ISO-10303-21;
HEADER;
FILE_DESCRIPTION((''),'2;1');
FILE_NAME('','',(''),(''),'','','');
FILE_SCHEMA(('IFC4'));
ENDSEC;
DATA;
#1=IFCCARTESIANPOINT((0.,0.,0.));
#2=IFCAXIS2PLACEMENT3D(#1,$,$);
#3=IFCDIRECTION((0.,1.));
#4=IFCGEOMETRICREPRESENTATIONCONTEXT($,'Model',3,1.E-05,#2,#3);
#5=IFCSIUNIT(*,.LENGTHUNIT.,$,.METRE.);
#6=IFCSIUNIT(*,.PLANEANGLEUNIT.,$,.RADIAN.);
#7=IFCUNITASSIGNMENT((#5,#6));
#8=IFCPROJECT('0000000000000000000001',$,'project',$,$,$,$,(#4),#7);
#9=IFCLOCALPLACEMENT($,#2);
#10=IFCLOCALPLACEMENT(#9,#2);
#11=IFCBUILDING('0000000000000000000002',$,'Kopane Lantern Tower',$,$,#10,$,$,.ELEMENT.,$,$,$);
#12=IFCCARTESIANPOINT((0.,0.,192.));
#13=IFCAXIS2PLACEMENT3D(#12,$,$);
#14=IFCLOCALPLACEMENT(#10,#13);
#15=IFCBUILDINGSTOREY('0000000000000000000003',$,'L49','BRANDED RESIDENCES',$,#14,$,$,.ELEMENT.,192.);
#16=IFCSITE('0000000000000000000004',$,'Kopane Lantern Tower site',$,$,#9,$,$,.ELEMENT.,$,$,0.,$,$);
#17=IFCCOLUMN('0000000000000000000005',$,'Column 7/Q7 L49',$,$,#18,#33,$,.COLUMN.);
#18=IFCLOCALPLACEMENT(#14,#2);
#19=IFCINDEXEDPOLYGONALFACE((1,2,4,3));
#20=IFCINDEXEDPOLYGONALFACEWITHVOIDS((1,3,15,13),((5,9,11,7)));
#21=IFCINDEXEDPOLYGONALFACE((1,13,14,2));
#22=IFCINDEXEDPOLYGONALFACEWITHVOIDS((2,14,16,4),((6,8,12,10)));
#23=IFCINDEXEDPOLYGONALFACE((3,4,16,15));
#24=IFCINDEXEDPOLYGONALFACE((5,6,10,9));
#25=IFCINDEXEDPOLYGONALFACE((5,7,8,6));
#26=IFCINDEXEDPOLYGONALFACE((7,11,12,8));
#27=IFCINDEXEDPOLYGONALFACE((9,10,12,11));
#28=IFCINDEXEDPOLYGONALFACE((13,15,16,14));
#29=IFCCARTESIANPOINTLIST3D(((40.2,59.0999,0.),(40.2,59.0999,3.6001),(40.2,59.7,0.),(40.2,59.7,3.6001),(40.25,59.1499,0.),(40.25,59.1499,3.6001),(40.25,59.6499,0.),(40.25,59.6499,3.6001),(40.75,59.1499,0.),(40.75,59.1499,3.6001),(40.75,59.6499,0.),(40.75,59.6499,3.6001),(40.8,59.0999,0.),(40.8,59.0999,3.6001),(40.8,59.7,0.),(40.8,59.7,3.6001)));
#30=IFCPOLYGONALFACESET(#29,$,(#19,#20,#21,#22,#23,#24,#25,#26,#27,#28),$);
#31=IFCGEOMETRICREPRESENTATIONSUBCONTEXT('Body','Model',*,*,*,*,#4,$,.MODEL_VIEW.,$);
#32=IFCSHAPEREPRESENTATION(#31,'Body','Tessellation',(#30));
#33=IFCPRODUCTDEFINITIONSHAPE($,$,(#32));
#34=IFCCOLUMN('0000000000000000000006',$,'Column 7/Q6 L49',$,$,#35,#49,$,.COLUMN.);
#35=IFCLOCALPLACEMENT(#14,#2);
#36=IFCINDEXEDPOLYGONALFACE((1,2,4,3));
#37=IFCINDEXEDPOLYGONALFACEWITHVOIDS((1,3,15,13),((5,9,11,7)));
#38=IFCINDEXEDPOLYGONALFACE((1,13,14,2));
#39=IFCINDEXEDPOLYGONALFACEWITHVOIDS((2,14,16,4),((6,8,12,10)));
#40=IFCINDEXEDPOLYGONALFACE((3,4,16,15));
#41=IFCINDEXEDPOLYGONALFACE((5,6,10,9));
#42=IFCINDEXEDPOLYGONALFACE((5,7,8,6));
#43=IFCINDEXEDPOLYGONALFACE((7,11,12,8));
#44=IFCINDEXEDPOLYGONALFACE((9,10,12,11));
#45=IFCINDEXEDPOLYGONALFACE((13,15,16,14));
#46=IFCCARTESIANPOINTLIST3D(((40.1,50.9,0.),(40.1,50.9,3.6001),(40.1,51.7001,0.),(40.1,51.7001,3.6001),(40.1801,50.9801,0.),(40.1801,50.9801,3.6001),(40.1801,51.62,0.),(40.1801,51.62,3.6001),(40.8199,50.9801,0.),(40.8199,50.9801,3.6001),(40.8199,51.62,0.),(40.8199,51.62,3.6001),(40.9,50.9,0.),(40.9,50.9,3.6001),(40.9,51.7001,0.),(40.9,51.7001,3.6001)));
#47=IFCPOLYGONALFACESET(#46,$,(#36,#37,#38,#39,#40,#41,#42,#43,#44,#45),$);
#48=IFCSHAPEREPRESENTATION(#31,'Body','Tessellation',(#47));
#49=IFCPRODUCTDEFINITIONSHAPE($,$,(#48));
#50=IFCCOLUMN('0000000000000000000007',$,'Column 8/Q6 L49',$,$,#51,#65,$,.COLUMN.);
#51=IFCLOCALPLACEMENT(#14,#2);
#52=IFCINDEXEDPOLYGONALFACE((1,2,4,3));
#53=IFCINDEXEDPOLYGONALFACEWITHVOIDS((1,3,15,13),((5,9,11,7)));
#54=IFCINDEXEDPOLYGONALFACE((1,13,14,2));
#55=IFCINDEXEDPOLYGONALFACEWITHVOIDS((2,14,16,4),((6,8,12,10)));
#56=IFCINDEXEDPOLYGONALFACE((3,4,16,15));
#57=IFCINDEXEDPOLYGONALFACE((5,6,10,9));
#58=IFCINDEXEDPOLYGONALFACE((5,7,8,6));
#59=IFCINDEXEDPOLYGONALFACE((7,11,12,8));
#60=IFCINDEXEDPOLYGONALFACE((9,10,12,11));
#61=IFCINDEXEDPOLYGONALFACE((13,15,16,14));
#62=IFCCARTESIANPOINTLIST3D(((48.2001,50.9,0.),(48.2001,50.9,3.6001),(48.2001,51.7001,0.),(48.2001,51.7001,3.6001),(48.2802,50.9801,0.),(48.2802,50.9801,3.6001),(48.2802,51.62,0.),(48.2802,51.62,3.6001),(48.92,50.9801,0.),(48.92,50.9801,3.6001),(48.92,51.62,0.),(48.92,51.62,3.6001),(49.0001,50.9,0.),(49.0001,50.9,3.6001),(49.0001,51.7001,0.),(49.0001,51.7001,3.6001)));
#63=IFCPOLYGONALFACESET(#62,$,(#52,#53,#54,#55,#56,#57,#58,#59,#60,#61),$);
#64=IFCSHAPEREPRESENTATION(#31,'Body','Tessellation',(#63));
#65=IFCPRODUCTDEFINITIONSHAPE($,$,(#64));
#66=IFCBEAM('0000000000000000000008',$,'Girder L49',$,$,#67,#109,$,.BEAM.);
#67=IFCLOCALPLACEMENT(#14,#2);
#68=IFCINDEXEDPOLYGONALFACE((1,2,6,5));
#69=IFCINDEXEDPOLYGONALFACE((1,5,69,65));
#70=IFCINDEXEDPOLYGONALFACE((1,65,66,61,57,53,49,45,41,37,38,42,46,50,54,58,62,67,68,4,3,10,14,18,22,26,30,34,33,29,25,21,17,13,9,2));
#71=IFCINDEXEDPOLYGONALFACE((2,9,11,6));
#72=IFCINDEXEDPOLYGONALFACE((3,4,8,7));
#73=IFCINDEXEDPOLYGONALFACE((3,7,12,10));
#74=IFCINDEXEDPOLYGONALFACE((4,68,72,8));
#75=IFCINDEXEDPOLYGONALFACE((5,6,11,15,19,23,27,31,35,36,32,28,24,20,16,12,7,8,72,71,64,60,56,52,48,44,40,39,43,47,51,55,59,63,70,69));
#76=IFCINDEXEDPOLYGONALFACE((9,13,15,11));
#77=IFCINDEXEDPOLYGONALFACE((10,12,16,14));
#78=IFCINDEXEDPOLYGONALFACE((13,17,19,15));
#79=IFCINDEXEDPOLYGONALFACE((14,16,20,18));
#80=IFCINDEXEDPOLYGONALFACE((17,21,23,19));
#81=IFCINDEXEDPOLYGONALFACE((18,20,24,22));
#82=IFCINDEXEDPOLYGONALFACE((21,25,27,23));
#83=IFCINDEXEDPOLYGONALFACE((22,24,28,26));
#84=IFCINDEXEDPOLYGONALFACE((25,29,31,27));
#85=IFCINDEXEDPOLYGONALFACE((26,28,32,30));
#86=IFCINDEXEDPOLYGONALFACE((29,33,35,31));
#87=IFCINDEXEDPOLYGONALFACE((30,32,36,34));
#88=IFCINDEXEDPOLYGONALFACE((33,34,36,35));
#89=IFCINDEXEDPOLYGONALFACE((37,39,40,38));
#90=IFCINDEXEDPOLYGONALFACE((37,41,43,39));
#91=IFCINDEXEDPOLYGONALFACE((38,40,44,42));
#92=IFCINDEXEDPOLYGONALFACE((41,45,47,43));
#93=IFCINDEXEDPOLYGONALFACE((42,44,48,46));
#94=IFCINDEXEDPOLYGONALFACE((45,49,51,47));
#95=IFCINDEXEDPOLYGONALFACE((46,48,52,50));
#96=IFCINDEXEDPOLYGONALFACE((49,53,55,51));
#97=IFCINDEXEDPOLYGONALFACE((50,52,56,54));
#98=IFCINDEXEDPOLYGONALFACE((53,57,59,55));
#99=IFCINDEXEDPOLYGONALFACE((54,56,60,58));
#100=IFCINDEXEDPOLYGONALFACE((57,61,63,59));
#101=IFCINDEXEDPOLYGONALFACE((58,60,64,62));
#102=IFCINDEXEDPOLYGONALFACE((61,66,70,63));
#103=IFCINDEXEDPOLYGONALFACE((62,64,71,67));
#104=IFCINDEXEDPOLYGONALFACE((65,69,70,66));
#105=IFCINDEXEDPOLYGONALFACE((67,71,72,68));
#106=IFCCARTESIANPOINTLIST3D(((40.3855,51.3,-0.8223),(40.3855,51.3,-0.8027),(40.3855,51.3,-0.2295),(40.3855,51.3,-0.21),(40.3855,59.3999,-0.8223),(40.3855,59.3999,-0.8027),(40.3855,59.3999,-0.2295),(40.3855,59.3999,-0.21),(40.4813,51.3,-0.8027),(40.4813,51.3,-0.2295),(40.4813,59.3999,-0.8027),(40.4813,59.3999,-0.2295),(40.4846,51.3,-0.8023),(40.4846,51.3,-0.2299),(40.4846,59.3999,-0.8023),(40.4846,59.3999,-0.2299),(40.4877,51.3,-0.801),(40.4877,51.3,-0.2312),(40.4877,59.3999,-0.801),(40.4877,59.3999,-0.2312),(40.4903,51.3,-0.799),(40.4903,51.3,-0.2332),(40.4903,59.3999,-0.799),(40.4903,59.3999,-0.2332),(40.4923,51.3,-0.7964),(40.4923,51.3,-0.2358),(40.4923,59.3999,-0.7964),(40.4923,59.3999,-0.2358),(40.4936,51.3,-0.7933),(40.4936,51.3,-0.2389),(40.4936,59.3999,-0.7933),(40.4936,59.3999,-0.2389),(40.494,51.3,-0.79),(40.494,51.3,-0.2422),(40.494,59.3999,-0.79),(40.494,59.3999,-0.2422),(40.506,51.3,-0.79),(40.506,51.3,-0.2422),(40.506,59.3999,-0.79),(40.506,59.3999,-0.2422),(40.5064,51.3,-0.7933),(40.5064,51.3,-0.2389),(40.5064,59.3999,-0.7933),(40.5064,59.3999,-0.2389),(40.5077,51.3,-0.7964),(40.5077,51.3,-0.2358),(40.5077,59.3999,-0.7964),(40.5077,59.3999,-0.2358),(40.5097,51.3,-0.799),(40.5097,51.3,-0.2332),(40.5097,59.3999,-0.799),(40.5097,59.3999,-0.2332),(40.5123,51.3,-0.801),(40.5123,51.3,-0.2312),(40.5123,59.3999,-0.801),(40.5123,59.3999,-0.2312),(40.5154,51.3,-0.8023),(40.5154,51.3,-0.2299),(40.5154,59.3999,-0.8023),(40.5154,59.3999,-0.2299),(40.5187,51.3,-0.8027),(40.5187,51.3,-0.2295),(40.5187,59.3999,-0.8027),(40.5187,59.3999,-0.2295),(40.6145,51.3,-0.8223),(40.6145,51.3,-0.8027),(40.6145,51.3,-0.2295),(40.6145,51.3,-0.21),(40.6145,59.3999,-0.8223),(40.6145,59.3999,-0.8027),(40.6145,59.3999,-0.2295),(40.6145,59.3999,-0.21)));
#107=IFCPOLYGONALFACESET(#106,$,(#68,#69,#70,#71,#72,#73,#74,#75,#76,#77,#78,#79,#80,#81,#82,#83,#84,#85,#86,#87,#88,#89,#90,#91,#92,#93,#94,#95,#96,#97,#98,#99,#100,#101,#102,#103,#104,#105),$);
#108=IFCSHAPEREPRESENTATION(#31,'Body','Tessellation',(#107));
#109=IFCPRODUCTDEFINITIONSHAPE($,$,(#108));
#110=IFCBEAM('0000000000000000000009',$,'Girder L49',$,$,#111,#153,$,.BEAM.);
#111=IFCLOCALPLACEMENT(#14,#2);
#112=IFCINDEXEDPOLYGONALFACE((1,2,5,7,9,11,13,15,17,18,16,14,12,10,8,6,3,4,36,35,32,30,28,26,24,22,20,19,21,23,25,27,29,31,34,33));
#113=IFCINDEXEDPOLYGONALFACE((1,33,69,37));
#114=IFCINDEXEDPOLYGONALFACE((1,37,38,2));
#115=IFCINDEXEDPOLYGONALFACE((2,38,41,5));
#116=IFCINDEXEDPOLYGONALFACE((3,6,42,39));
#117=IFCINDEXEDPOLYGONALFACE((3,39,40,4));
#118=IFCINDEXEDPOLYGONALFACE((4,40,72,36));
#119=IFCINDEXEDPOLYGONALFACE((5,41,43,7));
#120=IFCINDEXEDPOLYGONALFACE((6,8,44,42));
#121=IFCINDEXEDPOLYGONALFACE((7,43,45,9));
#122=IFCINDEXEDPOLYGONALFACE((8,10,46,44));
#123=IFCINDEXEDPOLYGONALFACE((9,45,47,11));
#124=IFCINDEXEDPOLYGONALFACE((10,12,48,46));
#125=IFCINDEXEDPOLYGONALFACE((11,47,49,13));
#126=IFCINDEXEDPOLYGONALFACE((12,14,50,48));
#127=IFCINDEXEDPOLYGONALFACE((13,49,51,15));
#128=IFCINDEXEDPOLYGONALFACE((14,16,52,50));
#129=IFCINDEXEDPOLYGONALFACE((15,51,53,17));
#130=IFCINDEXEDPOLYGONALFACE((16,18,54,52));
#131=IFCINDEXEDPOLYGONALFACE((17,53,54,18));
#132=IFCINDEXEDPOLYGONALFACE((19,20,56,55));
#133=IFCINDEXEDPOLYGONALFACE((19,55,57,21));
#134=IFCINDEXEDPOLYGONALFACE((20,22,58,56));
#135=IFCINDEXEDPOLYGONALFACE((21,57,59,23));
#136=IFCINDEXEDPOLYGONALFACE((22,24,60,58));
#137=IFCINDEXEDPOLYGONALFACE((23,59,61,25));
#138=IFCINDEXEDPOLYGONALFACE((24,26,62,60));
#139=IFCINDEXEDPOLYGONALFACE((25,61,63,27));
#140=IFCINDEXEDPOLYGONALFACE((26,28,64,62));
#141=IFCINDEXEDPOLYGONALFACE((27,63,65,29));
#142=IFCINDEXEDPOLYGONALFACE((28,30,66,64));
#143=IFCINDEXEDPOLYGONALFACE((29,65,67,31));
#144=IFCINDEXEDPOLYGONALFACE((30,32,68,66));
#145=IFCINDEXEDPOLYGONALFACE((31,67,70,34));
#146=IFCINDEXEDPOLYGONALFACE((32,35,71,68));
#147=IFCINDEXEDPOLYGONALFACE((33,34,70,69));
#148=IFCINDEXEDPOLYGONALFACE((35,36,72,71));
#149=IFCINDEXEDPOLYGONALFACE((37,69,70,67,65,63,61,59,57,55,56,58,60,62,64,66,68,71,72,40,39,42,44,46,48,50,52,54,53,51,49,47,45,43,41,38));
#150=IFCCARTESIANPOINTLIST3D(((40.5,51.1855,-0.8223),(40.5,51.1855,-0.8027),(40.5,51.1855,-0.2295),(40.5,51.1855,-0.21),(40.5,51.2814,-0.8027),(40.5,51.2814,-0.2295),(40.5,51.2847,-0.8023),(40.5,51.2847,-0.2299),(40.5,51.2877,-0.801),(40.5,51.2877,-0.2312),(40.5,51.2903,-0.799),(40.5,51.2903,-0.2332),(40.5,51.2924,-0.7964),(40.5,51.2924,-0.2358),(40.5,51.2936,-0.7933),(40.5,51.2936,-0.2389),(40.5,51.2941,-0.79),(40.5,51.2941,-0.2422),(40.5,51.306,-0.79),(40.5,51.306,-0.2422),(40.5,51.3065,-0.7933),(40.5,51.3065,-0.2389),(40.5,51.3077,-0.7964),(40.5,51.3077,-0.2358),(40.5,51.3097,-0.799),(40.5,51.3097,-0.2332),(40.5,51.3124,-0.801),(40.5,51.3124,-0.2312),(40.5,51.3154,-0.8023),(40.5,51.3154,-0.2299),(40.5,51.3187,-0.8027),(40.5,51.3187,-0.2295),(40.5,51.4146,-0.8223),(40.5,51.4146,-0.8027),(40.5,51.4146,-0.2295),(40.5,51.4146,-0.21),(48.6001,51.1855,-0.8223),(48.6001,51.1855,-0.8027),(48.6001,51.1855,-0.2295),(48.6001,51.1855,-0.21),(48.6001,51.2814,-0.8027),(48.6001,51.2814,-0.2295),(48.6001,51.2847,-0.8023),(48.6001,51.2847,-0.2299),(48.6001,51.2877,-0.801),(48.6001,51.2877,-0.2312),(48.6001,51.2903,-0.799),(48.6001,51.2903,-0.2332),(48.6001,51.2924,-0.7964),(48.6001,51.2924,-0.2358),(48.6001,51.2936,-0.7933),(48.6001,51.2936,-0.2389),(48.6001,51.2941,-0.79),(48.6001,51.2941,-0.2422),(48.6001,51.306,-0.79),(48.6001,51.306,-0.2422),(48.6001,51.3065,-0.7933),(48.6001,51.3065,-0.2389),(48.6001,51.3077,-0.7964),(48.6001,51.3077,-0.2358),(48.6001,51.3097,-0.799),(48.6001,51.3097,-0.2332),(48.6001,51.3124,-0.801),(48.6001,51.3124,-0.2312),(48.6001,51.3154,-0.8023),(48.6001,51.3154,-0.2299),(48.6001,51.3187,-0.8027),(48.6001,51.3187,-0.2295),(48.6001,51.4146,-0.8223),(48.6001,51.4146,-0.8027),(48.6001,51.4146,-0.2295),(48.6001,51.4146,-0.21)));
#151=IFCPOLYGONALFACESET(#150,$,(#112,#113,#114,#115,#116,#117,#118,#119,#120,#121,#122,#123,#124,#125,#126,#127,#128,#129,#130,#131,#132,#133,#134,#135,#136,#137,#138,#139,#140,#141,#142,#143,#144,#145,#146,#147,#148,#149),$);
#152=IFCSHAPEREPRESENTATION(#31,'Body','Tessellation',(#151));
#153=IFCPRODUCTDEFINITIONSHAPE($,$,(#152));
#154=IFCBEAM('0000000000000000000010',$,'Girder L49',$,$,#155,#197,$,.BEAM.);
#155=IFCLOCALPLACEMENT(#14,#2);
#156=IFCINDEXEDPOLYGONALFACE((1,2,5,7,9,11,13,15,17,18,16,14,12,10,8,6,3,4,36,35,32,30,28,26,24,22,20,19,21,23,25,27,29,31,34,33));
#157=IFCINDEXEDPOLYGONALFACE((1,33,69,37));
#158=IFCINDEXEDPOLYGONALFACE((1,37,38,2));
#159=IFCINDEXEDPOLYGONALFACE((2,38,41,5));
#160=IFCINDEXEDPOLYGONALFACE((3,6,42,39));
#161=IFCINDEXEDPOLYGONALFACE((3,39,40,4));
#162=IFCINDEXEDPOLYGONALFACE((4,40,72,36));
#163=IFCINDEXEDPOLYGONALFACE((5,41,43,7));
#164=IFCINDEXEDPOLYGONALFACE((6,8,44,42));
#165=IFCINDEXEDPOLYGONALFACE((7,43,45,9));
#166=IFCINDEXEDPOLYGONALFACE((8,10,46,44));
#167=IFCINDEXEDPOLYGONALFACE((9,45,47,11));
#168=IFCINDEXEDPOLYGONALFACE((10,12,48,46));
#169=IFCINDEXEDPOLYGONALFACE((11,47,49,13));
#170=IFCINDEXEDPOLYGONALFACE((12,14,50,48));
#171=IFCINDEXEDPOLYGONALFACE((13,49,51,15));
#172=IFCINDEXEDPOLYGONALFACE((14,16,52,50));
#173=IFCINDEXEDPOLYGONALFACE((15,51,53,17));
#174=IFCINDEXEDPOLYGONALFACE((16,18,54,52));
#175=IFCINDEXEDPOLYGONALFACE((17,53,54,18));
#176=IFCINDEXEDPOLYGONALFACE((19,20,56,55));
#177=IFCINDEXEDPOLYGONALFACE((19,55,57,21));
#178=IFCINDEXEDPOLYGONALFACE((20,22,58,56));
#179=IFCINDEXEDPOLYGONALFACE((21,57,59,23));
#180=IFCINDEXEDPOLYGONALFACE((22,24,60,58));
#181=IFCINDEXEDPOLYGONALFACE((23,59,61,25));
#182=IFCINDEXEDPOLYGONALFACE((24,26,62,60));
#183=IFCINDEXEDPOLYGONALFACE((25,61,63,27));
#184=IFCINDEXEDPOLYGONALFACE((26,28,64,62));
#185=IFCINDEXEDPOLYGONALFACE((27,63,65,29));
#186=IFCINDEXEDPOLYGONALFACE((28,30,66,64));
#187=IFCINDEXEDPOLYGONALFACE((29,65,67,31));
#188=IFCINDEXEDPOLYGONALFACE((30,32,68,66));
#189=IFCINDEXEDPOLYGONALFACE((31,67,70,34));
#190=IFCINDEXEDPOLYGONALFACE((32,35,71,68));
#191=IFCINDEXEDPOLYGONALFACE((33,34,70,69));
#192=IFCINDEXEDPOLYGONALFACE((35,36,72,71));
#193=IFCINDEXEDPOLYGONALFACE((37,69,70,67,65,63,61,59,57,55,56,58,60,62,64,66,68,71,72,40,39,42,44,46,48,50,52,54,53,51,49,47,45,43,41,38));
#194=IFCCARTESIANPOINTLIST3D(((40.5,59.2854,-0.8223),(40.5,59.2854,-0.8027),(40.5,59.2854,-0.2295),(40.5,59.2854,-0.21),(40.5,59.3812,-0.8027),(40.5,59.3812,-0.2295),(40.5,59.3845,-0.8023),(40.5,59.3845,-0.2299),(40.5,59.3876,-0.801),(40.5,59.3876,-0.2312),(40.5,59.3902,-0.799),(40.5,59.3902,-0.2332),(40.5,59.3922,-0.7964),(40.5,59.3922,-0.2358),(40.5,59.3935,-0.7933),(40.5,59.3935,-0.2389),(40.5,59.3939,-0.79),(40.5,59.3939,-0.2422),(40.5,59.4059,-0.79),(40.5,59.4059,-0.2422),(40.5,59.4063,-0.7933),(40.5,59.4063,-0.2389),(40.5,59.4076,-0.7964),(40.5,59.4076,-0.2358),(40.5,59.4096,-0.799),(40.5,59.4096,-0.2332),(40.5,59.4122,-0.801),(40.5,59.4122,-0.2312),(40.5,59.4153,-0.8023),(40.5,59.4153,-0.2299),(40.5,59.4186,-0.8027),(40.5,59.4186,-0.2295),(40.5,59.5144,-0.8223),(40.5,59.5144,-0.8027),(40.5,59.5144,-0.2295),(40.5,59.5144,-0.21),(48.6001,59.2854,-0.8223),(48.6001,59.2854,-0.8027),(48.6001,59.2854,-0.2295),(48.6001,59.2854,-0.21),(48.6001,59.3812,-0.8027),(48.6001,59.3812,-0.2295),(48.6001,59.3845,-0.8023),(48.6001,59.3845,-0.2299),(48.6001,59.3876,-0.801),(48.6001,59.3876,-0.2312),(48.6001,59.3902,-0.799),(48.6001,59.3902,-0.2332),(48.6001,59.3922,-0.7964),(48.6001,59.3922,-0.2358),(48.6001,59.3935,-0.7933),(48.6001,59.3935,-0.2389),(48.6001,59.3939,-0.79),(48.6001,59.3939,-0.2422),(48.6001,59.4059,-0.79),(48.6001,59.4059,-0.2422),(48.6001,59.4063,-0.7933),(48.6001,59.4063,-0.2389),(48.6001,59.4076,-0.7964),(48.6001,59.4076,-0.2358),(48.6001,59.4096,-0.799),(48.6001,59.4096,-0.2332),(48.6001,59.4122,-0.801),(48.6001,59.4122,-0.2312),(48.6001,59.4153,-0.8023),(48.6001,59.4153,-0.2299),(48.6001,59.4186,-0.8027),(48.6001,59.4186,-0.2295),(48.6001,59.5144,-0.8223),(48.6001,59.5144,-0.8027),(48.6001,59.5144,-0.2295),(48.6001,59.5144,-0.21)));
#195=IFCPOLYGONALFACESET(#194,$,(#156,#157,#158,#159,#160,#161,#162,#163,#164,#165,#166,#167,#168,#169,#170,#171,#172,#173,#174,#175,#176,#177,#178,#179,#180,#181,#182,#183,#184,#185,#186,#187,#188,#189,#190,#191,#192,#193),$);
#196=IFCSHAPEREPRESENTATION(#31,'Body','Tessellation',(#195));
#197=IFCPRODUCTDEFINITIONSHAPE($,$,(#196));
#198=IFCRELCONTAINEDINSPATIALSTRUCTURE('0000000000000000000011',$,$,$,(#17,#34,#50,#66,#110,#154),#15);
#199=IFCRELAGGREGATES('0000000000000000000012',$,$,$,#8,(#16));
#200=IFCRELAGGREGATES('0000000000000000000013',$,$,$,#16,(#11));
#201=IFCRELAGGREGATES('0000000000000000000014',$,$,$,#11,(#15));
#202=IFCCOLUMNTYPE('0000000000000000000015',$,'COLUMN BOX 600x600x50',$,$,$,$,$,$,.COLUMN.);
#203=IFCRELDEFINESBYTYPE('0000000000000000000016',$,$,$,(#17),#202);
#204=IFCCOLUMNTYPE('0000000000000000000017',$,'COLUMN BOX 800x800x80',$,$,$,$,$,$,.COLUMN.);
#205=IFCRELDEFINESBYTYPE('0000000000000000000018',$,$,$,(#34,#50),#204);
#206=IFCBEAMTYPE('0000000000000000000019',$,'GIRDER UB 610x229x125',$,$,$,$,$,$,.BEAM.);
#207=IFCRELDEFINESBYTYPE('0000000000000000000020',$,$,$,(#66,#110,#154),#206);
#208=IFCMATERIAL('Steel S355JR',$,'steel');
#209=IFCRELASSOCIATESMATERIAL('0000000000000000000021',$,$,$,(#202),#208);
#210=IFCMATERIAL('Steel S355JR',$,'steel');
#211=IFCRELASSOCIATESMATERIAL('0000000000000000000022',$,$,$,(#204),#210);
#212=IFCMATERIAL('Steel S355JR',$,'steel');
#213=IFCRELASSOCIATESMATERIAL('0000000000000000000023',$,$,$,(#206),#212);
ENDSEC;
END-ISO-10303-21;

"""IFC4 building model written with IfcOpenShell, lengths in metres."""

from ifc_helpers import new_model, si_unit, direction, frame, origin, origin_2d, place, context, subcontext, project, spatial, hollow_rectangle, i_section, extrude, material, material_profile, profile_set, type_object, element, save


model = new_model("IFC4")

# Units and contexts
model_context = context("Model", 3, precision=1e-05, world=origin(), true_north=direction((0.0, 1.0)))
body_context = subcontext(model_context, "Body", "Model", "MODEL_VIEW")
ifc_project = project(units=[si_unit("LENGTHUNIT", "METRE"), si_unit("PLANEANGLEUNIT", "RADIAN")], contexts=[model_context])

# Site, building, storey
site_placement = place(None, origin())
site = spatial("IfcSite", under=ifc_project, at=site_placement, Name="Kopane Lantern Tower site", CompositionType="ELEMENT", RefElevation=0.0)
building_placement = place(site_placement, origin())
building = spatial("IfcBuilding", under=site, at=building_placement, Name="Kopane Lantern Tower", CompositionType="ELEMENT")
storey_placement = place(building_placement, frame((0.0, 0.0, 192.0)))
storey = spatial("IfcBuildingStorey", under=building, at=storey_placement, Name="L49", Description="BRANDED RESIDENCES", CompositionType="ELEMENT", Elevation=192.0)

# Columns
ifc_material_1 = material(Name="Steel S355JR", Category="steel")
ifc_material_profile_1 = material_profile(ifc_material_1, hollow_rectangle(XDim=0.6001, YDim=0.6001, WallThickness=0.05, at=origin_2d()), Name="BOX 600x600x50")
ifc_profile_set_1 = profile_set([ifc_material_profile_1], Name="Steel S355JR")
column_type_1 = type_object("IfcColumnType", Name="COLUMN BOX 600x600x50", PredefinedType="COLUMN", material=ifc_profile_set_1)
column_placement = place(storey_placement, frame((40.5, 59.3999, 0.0), z_axis=(0.0, 0.0, 1.0), x_axis=(1.0, 0.0, 0.0)))
element("IfcColumn", 1, at=column_placement, inside=storey, type_object=column_type_1, Name="Column 7/Q7 L49", PredefinedType="COLUMN", context=body_context, shape_type="SweptSolid", body=[
    extrude(hollow_rectangle(XDim=0.6001, YDim=0.6001, WallThickness=0.05, at=origin_2d()), origin(), (0.0, 0.0, 1.0), 3.6001),
])
ifc_material_2 = material(Name="Steel S355JR", Category="steel")
ifc_material_profile_2 = material_profile(ifc_material_2, hollow_rectangle(XDim=0.8, YDim=0.8, WallThickness=0.0801, at=origin_2d()), Name="BOX 800x800x80")
ifc_profile_set_2 = profile_set([ifc_material_profile_2], Name="Steel S355JR")
column_type_2 = type_object("IfcColumnType", Name="COLUMN BOX 800x800x80", PredefinedType="COLUMN", material=ifc_profile_set_2)
for number, where, z_axis, x_axis, name in (
    (2, (40.5, 51.3, 0.0), (0.0, 0.0, 1.0), (1.0, 0.0, 0.0), "Column 7/Q6 L49"),
    (3, (48.6001, 51.3, 0.0), (0.0, 0.0, 1.0), (1.0, 0.0, 0.0), "Column 8/Q6 L49"),
):
    element("IfcColumn", number, at=place(storey_placement, frame(where, z_axis=z_axis, x_axis=x_axis)), inside=storey, type_object=column_type_2, Name=name, PredefinedType="COLUMN", context=body_context, shape_type="SweptSolid", body=[
        extrude(hollow_rectangle(XDim=0.8, YDim=0.8, WallThickness=0.0801, at=origin_2d()), origin(), (0.0, 0.0, 1.0), 3.6001),
    ])

# Beams
ifc_material_3 = material(Name="Steel S355JR", Category="steel")
ifc_material_profile_3 = material_profile(ifc_material_3, i_section(OverallWidth=0.229, OverallDepth=0.6123, WebThickness=0.012, FlangeThickness=0.0195, FilletRadius=0.0127, at=origin_2d()), Name="UB 610x229x125")
ifc_profile_set_3 = profile_set([ifc_material_profile_3], Name="Steel S355JR")
beam_type = type_object("IfcBeamType", Name="GIRDER UB 610x229x125", PredefinedType="BEAM", material=ifc_profile_set_3)
beam_placement = place(storey_placement, frame((40.5, 51.3, -0.5161), z_axis=(0.0, 1.0, 0.0), x_axis=(-1.0, 0.0, 0.0)))
element("IfcBeam", 4, at=beam_placement, inside=storey, type_object=beam_type, Name="Girder L49", PredefinedType="BEAM", context=body_context, shape_type="SweptSolid", body=[
    extrude(i_section(OverallWidth=0.229, OverallDepth=0.6123, WebThickness=0.012, FlangeThickness=0.0195, FilletRadius=0.0127, at=origin_2d()), origin(), (0.0, 0.0, 1.0), 8.0999),
])
for number, where, z_axis, x_axis, name in (
    (5, (40.5, 51.3, -0.5161), (1.0, 0.0, 0.0), (0.0, 1.0, 0.0), "Girder L49"),
    (6, (40.5, 59.3999, -0.5161), (1.0, 0.0, 0.0), (0.0, 1.0, 0.0), "Girder L49"),
):
    element("IfcBeam", number, at=place(storey_placement, frame(where, z_axis=z_axis, x_axis=x_axis)), inside=storey, type_object=beam_type, Name=name, PredefinedType="BEAM", context=body_context, shape_type="SweptSolid", body=[
        extrude(i_section(OverallWidth=0.229, OverallDepth=0.6123, WebThickness=0.012, FlangeThickness=0.0195, FilletRadius=0.0127, at=origin_2d()), origin(), (0.0, 0.0, 1.0), 8.1001),
    ])

save(model, "model.ifc")
